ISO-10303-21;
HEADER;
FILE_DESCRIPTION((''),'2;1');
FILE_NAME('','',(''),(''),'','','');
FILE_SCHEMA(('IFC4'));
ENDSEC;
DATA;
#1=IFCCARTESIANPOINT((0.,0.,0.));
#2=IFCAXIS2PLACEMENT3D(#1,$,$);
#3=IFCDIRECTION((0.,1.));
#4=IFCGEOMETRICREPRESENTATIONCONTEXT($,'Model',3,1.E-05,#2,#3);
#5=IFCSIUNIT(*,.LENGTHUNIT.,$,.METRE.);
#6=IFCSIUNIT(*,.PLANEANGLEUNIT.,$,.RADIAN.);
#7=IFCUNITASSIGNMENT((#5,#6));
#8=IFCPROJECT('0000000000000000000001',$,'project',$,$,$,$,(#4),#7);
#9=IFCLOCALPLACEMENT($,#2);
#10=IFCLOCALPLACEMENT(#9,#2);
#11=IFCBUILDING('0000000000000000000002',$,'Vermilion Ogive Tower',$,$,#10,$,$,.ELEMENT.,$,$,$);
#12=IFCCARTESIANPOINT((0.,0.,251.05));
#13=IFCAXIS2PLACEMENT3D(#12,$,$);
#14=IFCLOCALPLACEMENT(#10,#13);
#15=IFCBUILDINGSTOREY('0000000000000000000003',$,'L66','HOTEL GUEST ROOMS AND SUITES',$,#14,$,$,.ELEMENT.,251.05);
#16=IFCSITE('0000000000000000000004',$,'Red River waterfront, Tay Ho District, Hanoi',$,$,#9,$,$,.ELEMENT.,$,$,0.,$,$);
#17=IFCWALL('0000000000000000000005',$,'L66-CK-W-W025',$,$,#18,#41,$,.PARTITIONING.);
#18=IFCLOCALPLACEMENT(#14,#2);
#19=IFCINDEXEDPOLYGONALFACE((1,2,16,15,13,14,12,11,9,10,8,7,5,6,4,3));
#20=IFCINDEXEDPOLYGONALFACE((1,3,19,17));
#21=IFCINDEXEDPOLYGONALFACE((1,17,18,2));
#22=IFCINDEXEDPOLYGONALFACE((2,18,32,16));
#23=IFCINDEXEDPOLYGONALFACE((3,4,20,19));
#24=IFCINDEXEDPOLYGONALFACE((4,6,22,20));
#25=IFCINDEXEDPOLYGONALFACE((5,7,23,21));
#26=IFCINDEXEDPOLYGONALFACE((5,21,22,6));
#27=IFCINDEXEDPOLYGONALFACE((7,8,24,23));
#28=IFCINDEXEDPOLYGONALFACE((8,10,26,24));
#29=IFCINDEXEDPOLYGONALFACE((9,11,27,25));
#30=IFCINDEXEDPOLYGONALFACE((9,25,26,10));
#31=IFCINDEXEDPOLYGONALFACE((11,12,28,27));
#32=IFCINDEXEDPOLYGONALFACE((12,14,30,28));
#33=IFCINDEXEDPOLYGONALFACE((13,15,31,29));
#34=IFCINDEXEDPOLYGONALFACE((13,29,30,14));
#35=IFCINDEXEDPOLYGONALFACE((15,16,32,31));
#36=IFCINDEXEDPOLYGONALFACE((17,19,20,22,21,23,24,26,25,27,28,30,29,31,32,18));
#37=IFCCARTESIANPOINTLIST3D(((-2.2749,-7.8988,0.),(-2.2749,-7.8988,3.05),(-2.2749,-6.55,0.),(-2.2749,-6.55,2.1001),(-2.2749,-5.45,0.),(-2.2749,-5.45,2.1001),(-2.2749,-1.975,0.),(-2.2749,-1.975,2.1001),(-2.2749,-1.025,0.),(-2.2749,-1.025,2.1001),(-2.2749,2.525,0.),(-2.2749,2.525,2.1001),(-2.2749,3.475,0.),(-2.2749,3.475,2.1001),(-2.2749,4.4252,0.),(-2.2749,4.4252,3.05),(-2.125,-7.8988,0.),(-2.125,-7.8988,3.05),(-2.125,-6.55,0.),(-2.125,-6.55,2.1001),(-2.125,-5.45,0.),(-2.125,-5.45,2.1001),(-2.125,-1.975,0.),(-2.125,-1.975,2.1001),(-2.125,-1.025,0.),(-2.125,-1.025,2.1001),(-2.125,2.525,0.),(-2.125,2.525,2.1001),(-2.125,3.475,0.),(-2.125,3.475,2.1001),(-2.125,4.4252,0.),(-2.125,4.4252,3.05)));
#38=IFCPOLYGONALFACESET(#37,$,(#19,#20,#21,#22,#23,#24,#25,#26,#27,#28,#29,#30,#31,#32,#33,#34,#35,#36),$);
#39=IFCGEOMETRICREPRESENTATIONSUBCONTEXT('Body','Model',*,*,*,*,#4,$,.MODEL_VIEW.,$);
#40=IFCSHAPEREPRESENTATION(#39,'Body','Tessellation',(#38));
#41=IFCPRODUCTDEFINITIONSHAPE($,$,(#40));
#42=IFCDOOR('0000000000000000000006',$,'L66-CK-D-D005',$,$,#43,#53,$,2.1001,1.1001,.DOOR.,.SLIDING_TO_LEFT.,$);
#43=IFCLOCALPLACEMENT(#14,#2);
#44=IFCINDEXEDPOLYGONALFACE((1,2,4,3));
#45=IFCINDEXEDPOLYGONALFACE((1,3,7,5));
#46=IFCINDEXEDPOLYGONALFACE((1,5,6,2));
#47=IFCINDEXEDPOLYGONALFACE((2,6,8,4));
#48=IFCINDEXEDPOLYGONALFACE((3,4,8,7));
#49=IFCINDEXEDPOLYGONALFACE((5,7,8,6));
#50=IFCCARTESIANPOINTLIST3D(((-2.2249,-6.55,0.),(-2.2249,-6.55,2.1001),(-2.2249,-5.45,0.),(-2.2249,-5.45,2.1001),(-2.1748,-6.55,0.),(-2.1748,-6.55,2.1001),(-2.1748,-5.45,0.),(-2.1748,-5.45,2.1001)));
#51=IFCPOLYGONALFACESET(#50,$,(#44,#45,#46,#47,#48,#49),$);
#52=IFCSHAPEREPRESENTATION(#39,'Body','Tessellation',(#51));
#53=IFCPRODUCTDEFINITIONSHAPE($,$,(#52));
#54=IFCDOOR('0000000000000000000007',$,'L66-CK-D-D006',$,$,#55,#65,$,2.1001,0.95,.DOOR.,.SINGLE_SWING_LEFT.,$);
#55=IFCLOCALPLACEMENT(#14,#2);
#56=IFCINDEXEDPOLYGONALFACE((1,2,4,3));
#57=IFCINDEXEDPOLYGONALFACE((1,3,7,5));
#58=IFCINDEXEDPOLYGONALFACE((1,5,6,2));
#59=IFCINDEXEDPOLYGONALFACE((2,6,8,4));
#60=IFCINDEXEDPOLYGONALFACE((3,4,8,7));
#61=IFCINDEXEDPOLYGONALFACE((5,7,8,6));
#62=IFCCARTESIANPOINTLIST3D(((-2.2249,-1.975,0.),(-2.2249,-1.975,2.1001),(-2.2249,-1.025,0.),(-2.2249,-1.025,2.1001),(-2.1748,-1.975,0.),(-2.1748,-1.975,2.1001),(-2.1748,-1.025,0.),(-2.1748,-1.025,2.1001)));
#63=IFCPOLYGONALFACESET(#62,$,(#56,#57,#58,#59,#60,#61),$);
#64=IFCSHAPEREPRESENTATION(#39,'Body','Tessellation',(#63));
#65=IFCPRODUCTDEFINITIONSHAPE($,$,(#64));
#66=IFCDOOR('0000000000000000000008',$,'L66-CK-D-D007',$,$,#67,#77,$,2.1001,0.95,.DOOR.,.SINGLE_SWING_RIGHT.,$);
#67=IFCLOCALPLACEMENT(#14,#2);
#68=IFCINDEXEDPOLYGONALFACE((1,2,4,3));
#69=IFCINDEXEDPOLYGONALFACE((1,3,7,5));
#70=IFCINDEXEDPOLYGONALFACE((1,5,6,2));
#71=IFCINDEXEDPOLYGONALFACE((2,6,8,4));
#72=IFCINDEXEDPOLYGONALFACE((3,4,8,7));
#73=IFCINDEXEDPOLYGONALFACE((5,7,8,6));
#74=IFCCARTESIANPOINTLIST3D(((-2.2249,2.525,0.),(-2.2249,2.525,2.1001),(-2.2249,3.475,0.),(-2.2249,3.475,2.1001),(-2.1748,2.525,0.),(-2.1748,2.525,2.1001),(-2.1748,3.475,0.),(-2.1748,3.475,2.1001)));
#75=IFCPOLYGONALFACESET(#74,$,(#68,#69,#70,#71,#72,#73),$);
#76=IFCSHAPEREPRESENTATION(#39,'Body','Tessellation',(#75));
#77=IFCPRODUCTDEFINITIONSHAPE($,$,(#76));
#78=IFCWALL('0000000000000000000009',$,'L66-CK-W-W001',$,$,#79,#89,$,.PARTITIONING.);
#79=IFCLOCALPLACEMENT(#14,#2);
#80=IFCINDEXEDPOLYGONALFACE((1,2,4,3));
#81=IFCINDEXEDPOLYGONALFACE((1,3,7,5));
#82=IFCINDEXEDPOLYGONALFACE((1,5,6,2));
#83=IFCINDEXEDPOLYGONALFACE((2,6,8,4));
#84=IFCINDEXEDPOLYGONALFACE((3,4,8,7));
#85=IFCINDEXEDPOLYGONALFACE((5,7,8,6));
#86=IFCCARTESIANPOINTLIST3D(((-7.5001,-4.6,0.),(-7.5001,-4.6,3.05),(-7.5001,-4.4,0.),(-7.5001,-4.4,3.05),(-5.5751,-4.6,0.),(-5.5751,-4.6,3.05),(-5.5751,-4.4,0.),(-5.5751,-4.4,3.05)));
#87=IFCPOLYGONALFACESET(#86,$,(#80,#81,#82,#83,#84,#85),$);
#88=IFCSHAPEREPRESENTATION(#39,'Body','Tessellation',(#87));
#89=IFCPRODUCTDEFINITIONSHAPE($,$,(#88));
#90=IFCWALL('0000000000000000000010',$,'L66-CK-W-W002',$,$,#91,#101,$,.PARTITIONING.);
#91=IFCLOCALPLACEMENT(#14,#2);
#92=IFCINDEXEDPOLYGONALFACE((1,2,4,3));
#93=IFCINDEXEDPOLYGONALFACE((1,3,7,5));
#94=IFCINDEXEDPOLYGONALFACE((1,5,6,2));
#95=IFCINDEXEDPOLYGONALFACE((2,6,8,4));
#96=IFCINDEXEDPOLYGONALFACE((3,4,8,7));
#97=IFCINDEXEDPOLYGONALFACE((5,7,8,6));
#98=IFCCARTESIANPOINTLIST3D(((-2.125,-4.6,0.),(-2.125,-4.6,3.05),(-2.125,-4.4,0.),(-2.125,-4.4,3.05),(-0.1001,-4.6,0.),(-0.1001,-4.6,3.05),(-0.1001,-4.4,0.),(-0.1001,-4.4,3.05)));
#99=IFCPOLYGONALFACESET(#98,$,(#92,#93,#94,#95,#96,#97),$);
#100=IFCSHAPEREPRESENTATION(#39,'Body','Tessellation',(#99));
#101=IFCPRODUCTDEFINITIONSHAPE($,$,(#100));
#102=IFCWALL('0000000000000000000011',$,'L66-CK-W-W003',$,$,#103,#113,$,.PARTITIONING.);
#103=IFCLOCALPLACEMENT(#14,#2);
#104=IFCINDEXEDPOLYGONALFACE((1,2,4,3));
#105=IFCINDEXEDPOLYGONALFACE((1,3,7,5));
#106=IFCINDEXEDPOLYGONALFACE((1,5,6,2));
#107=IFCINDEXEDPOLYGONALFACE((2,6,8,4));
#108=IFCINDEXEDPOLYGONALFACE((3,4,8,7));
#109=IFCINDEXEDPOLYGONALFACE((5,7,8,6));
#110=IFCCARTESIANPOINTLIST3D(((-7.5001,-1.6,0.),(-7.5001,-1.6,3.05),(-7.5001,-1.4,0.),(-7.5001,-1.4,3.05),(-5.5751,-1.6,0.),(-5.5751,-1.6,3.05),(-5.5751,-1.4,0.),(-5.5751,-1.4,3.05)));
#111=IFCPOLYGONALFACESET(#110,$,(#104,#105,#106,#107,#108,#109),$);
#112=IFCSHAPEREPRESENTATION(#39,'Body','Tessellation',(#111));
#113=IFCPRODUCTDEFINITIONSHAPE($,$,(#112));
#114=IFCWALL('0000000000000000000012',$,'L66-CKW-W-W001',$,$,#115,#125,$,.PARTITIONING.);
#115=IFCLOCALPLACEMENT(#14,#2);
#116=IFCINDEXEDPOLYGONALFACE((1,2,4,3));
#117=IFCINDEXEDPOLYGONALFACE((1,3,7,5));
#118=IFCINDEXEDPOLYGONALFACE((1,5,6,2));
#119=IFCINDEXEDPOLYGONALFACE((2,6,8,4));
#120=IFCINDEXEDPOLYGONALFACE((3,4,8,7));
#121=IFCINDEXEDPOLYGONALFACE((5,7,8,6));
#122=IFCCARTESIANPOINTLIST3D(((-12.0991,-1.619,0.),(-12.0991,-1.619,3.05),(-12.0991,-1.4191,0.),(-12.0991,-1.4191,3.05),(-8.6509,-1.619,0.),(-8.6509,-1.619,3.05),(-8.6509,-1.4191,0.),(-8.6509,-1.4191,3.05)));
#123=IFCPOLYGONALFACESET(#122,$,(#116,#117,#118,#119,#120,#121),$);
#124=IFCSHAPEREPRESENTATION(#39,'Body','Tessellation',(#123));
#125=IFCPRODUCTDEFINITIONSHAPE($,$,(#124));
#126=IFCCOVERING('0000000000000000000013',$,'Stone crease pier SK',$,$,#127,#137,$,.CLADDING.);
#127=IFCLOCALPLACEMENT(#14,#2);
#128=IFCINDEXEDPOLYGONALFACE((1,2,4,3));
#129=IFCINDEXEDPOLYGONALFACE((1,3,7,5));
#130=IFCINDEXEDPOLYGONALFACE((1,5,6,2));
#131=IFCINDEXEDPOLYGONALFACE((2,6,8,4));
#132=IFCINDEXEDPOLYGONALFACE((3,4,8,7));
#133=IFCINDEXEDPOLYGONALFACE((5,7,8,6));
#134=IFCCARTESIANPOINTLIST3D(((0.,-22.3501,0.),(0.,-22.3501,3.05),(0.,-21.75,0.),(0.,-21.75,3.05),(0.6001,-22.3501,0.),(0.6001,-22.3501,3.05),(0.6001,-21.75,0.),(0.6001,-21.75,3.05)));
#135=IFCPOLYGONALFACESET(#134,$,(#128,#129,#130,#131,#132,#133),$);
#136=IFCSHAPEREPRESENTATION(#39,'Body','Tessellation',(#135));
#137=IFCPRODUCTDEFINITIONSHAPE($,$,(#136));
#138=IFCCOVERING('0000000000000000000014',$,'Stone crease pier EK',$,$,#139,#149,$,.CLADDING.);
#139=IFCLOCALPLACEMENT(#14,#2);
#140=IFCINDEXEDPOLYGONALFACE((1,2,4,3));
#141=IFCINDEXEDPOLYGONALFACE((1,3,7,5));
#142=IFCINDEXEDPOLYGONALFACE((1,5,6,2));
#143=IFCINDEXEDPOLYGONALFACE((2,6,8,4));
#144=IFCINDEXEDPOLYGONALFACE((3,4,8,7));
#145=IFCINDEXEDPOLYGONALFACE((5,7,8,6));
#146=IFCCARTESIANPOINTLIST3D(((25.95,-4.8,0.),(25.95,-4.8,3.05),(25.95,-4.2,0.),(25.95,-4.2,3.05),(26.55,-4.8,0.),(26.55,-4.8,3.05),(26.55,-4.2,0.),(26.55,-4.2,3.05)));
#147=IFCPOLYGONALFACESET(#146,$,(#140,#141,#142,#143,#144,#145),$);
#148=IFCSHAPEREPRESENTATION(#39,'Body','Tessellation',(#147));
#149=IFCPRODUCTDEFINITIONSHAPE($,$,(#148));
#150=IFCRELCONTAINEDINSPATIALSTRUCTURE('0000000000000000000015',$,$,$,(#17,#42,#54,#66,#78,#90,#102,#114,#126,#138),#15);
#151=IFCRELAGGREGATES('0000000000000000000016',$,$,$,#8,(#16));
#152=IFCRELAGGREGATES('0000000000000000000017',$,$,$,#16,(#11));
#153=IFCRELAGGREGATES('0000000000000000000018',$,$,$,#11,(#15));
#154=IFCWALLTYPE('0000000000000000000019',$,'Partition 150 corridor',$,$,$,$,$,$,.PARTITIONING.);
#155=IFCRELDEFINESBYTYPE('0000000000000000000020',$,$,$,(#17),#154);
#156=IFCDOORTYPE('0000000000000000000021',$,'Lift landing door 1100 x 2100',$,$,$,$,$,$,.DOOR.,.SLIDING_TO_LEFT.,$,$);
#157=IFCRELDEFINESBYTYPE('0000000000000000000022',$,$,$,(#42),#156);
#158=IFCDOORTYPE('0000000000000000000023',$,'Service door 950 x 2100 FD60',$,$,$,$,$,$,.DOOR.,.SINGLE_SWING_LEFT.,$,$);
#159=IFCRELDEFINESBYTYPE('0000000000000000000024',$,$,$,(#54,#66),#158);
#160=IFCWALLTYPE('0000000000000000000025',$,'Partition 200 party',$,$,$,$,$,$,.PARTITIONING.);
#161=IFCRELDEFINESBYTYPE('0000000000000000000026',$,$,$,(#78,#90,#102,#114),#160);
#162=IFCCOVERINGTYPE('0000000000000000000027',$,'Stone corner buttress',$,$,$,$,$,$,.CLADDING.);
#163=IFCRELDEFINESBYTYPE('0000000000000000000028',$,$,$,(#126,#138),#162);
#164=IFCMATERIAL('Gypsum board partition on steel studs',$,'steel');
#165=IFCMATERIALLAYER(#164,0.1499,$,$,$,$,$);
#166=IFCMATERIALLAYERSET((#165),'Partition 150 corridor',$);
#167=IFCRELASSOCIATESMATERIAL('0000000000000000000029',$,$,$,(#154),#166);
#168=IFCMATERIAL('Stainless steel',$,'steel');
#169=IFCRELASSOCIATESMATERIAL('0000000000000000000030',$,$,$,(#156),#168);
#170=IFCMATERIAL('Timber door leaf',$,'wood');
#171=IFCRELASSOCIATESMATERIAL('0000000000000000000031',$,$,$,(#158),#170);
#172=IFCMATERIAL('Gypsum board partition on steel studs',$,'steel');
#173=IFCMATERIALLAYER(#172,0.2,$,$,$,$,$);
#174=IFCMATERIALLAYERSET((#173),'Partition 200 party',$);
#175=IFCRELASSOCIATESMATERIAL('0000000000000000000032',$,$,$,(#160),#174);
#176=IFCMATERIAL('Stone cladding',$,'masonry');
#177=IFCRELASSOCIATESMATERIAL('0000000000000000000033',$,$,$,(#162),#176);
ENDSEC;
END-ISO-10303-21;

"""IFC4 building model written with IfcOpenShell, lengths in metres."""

from ifc_helpers import new_model, si_unit, direction, frame, frame_2d, origin, place, context, subcontext, project, spatial, polyline, rectangle, outline, extrude, material, layer, layer_set, type_object, element, fill, save


model = new_model("IFC4")

# Units and contexts
model_context = context("Model", 3, precision=1e-05, world=origin(), true_north=direction((0.0, 1.0)))
body_context = subcontext(model_context, "Body", "Model", "MODEL_VIEW")
ifc_project = project(units=[si_unit("LENGTHUNIT", "METRE"), si_unit("PLANEANGLEUNIT", "RADIAN")], contexts=[model_context])

# Site, building, storey
site_placement = place(None, origin())
site = spatial("IfcSite", under=ifc_project, at=site_placement, Name="Red River waterfront, Tay Ho District, Hanoi", CompositionType="ELEMENT", RefElevation=0.0)
building_placement = place(site_placement, origin())
building = spatial("IfcBuilding", under=site, at=building_placement, Name="Vermilion Ogive Tower", CompositionType="ELEMENT")
storey_placement = place(building_placement, frame((0.0, 0.0, 251.05)))
storey = spatial("IfcBuildingStorey", under=building, at=storey_placement, Name="L66", Description="HOTEL GUEST ROOMS AND SUITES", CompositionType="ELEMENT", Elevation=251.05)

# Wall, openings, doors
ifc_material_1 = material(Name="Gypsum board partition on steel studs", Category="steel")
ifc_layer_1 = layer(ifc_material_1, 0.1499)
ifc_layer_set_1 = layer_set([ifc_layer_1], Name="Partition 150 corridor")
wall_type_1 = type_object("IfcWallType", Name="Partition 150 corridor", PredefinedType="PARTITIONING", material=ifc_layer_set_1)
wall_1_placement = place(storey_placement, frame((-2.2, -7.8989, 0.0), z_axis=(0.0, 0.0, 1.0), x_axis=(0.0, 1.0, 0.0)))
wall_1 = element("IfcWall", 1, at=wall_1_placement, inside=storey, type_object=wall_type_1, Name="L66-CK-W-W025", PredefinedType="PARTITIONING", context=body_context, shape_type="SweptSolid", body=[
    extrude(rectangle(XDim=12.324, YDim=0.1499, at=frame_2d((6.1621, 0.0))), origin(), (0.0, 0.0, 1.0), 3.05),
])
opening_1_placement = place(wall_1_placement, frame((1.3489, 0.0, 0.0)))
opening_1 = element("IfcOpeningElement", 2, at=opening_1_placement, cuts=wall_1, PredefinedType="OPENING", context=body_context, shape_type="SweptSolid", body=[
    extrude(rectangle(XDim=1.1001, YDim=2.1001, at=frame_2d((0.55, 1.05))), frame((0.0, 0.085, 0.0), z_axis=(0.0, -1.0, 0.0), x_axis=(1.0, 0.0, 0.0)), (0.0, 0.0, 1.0), 0.1699),
])
opening_2_placement = place(wall_1_placement, frame((5.9238, 0.0, 0.0)))
opening_2 = element("IfcOpeningElement", 3, at=opening_2_placement, cuts=wall_1, PredefinedType="OPENING", context=body_context, shape_type="SweptSolid", body=[
    extrude(rectangle(XDim=0.95, YDim=2.1001, at=frame_2d((0.4751, 1.05))), frame((0.0, 0.085, 0.0), z_axis=(0.0, -1.0, 0.0), x_axis=(1.0, 0.0, 0.0)), (0.0, 0.0, 1.0), 0.1699),
])
opening_3_placement = place(wall_1_placement, frame((10.4238, 0.0, 0.0)))
opening_3 = element("IfcOpeningElement", 4, at=opening_3_placement, cuts=wall_1, PredefinedType="OPENING", context=body_context, shape_type="SweptSolid", body=[
    extrude(rectangle(XDim=0.95, YDim=2.1001, at=frame_2d((0.4751, 1.05))), frame((0.0, 0.085, 0.0), z_axis=(0.0, -1.0, 0.0), x_axis=(1.0, 0.0, 0.0)), (0.0, 0.0, 1.0), 0.1699),
])
ifc_material_2 = material(Name="Stainless steel", Category="steel")
door_type_1 = type_object("IfcDoorType", Name="Lift landing door 1100 x 2100", OperationType="SLIDING_TO_LEFT", PredefinedType="DOOR", material=ifc_material_2)
door_1_placement = place(opening_1_placement, origin())
door_1 = element("IfcDoor", 5, at=door_1_placement, inside=storey, type_object=door_type_1, Name="L66-CK-D-D005", OperationType="SLIDING_TO_LEFT", OverallHeight=2.1001, OverallWidth=1.1001, PredefinedType="DOOR", context=body_context, shape_type="SweptSolid", body=[
    extrude(rectangle(XDim=1.1001, YDim=2.1001, at=frame_2d((0.55, 1.05))), frame((0.0, 0.0249, 0.0), z_axis=(0.0, -1.0, 0.0), x_axis=(1.0, 0.0, 0.0)), (0.0, 0.0, 1.0), 0.05),
])
fill(opening_1, door_1)
ifc_material_3 = material(Name="Timber door leaf", Category="wood")
door_type_2 = type_object("IfcDoorType", Name="Service door 950 x 2100 FD60", OperationType="SINGLE_SWING_LEFT", PredefinedType="DOOR", material=ifc_material_3)
door_2_placement = place(opening_2_placement, origin())
door_2 = element("IfcDoor", 6, at=door_2_placement, inside=storey, type_object=door_type_2, Name="L66-CK-D-D006", OperationType="SINGLE_SWING_LEFT", OverallHeight=2.1001, OverallWidth=0.95, PredefinedType="DOOR", context=body_context, shape_type="SweptSolid", body=[
    extrude(rectangle(XDim=0.95, YDim=2.1001, at=frame_2d((0.4751, 1.05))), frame((0.0, 0.0249, 0.0), z_axis=(0.0, -1.0, 0.0), x_axis=(1.0, 0.0, 0.0)), (0.0, 0.0, 1.0), 0.05),
])
fill(opening_2, door_2)
door_3_placement = place(opening_3_placement, origin())
door_3 = element("IfcDoor", 7, at=door_3_placement, inside=storey, type_object=door_type_2, Name="L66-CK-D-D007", OperationType="SINGLE_SWING_RIGHT", OverallHeight=2.1001, OverallWidth=0.95, PredefinedType="DOOR", context=body_context, shape_type="SweptSolid", body=[
    extrude(rectangle(XDim=0.95, YDim=2.1001, at=frame_2d((0.4751, 1.05))), frame((0.0, 0.0249, 0.0), z_axis=(0.0, -1.0, 0.0), x_axis=(1.0, 0.0, 0.0)), (0.0, 0.0, 1.0), 0.05),
])
fill(opening_3, door_3)

# Walls
ifc_material_4 = material(Name="Gypsum board partition on steel studs", Category="steel")
ifc_layer_2 = layer(ifc_material_4, 0.2)
ifc_layer_set_2 = layer_set([ifc_layer_2], Name="Partition 200 party")
wall_type_2 = type_object("IfcWallType", Name="Partition 200 party", PredefinedType="PARTITIONING", material=ifc_layer_set_2)
wall_2_placement = place(storey_placement, frame((-7.5, -4.5, 0.0), z_axis=(0.0, 0.0, 1.0), x_axis=(1.0, 0.0, 0.0)))
element("IfcWall", 8, at=wall_2_placement, inside=storey, type_object=wall_type_2, Name="L66-CK-W-W001", PredefinedType="PARTITIONING", context=body_context, shape_type="SweptSolid", body=[
    extrude(rectangle(XDim=1.925, YDim=0.2, at=frame_2d((0.9624, 0.0))), origin(), (0.0, 0.0, 1.0), 3.05),
])
wall_3_placement = place(storey_placement, frame((-2.125, -4.5, 0.0), z_axis=(0.0, 0.0, 1.0), x_axis=(1.0, 0.0, 0.0)))
element("IfcWall", 9, at=wall_3_placement, inside=storey, type_object=wall_type_2, Name="L66-CK-W-W002", PredefinedType="PARTITIONING", context=body_context, shape_type="SweptSolid", body=[
    extrude(rectangle(XDim=2.0249, YDim=0.2, at=frame_2d((1.0125, 0.0))), origin(), (0.0, 0.0, 1.0), 3.05),
])
wall_4_placement = place(storey_placement, frame((-7.5, -1.5, 0.0), z_axis=(0.0, 0.0, 1.0), x_axis=(1.0, 0.0, 0.0)))
element("IfcWall", 10, at=wall_4_placement, inside=storey, type_object=wall_type_2, Name="L66-CK-W-W003", PredefinedType="PARTITIONING", context=body_context, shape_type="SweptSolid", body=[
    extrude(rectangle(XDim=1.925, YDim=0.2, at=frame_2d((0.9624, 0.0))), origin(), (0.0, 0.0, 1.0), 3.05),
])
wall_5_placement = place(storey_placement, frame((-12.0991, -1.519, 0.0), z_axis=(0.0, 0.0, 1.0), x_axis=(1.0, 0.0, 0.0)))
element("IfcWall", 11, at=wall_5_placement, inside=storey, type_object=wall_type_2, Name="L66-CKW-W-W001", PredefinedType="PARTITIONING", context=body_context, shape_type="SweptSolid", body=[
    extrude(rectangle(XDim=3.4482, YDim=0.2, at=frame_2d((1.7241, 0.0))), origin(), (0.0, 0.0, 1.0), 3.05),
])

# Coverings
ifc_material_5 = material(Name="Stone cladding", Category="masonry")
covering_type = type_object("IfcCoveringType", Name="Stone corner buttress", PredefinedType="CLADDING", material=ifc_material_5)
covering_1_placement = place(storey_placement, origin())
element("IfcCovering", 12, at=covering_1_placement, inside=storey, type_object=covering_type, Name="Stone crease pier SK", PredefinedType="CLADDING", context=body_context, shape_type="SweptSolid", body=[
    extrude(outline(polyline([(0.0, -22.3501), (0.6001, -22.3501), (0.6001, -21.75), (0.0, -21.75), (0.0, -22.3501)])), origin(), (0.0, 0.0, 1.0), 3.05),
])
covering_2_placement = place(storey_placement, origin())
element("IfcCovering", 13, at=covering_2_placement, inside=storey, type_object=covering_type, Name="Stone crease pier EK", PredefinedType="CLADDING", context=body_context, shape_type="SweptSolid", body=[
    extrude(outline(polyline([(26.55, -4.8), (26.55, -4.2), (25.95, -4.2), (25.95, -4.8), (26.55, -4.8)])), origin(), (0.0, 0.0, 1.0), 3.05),
])

save(model, "model.ifc")
